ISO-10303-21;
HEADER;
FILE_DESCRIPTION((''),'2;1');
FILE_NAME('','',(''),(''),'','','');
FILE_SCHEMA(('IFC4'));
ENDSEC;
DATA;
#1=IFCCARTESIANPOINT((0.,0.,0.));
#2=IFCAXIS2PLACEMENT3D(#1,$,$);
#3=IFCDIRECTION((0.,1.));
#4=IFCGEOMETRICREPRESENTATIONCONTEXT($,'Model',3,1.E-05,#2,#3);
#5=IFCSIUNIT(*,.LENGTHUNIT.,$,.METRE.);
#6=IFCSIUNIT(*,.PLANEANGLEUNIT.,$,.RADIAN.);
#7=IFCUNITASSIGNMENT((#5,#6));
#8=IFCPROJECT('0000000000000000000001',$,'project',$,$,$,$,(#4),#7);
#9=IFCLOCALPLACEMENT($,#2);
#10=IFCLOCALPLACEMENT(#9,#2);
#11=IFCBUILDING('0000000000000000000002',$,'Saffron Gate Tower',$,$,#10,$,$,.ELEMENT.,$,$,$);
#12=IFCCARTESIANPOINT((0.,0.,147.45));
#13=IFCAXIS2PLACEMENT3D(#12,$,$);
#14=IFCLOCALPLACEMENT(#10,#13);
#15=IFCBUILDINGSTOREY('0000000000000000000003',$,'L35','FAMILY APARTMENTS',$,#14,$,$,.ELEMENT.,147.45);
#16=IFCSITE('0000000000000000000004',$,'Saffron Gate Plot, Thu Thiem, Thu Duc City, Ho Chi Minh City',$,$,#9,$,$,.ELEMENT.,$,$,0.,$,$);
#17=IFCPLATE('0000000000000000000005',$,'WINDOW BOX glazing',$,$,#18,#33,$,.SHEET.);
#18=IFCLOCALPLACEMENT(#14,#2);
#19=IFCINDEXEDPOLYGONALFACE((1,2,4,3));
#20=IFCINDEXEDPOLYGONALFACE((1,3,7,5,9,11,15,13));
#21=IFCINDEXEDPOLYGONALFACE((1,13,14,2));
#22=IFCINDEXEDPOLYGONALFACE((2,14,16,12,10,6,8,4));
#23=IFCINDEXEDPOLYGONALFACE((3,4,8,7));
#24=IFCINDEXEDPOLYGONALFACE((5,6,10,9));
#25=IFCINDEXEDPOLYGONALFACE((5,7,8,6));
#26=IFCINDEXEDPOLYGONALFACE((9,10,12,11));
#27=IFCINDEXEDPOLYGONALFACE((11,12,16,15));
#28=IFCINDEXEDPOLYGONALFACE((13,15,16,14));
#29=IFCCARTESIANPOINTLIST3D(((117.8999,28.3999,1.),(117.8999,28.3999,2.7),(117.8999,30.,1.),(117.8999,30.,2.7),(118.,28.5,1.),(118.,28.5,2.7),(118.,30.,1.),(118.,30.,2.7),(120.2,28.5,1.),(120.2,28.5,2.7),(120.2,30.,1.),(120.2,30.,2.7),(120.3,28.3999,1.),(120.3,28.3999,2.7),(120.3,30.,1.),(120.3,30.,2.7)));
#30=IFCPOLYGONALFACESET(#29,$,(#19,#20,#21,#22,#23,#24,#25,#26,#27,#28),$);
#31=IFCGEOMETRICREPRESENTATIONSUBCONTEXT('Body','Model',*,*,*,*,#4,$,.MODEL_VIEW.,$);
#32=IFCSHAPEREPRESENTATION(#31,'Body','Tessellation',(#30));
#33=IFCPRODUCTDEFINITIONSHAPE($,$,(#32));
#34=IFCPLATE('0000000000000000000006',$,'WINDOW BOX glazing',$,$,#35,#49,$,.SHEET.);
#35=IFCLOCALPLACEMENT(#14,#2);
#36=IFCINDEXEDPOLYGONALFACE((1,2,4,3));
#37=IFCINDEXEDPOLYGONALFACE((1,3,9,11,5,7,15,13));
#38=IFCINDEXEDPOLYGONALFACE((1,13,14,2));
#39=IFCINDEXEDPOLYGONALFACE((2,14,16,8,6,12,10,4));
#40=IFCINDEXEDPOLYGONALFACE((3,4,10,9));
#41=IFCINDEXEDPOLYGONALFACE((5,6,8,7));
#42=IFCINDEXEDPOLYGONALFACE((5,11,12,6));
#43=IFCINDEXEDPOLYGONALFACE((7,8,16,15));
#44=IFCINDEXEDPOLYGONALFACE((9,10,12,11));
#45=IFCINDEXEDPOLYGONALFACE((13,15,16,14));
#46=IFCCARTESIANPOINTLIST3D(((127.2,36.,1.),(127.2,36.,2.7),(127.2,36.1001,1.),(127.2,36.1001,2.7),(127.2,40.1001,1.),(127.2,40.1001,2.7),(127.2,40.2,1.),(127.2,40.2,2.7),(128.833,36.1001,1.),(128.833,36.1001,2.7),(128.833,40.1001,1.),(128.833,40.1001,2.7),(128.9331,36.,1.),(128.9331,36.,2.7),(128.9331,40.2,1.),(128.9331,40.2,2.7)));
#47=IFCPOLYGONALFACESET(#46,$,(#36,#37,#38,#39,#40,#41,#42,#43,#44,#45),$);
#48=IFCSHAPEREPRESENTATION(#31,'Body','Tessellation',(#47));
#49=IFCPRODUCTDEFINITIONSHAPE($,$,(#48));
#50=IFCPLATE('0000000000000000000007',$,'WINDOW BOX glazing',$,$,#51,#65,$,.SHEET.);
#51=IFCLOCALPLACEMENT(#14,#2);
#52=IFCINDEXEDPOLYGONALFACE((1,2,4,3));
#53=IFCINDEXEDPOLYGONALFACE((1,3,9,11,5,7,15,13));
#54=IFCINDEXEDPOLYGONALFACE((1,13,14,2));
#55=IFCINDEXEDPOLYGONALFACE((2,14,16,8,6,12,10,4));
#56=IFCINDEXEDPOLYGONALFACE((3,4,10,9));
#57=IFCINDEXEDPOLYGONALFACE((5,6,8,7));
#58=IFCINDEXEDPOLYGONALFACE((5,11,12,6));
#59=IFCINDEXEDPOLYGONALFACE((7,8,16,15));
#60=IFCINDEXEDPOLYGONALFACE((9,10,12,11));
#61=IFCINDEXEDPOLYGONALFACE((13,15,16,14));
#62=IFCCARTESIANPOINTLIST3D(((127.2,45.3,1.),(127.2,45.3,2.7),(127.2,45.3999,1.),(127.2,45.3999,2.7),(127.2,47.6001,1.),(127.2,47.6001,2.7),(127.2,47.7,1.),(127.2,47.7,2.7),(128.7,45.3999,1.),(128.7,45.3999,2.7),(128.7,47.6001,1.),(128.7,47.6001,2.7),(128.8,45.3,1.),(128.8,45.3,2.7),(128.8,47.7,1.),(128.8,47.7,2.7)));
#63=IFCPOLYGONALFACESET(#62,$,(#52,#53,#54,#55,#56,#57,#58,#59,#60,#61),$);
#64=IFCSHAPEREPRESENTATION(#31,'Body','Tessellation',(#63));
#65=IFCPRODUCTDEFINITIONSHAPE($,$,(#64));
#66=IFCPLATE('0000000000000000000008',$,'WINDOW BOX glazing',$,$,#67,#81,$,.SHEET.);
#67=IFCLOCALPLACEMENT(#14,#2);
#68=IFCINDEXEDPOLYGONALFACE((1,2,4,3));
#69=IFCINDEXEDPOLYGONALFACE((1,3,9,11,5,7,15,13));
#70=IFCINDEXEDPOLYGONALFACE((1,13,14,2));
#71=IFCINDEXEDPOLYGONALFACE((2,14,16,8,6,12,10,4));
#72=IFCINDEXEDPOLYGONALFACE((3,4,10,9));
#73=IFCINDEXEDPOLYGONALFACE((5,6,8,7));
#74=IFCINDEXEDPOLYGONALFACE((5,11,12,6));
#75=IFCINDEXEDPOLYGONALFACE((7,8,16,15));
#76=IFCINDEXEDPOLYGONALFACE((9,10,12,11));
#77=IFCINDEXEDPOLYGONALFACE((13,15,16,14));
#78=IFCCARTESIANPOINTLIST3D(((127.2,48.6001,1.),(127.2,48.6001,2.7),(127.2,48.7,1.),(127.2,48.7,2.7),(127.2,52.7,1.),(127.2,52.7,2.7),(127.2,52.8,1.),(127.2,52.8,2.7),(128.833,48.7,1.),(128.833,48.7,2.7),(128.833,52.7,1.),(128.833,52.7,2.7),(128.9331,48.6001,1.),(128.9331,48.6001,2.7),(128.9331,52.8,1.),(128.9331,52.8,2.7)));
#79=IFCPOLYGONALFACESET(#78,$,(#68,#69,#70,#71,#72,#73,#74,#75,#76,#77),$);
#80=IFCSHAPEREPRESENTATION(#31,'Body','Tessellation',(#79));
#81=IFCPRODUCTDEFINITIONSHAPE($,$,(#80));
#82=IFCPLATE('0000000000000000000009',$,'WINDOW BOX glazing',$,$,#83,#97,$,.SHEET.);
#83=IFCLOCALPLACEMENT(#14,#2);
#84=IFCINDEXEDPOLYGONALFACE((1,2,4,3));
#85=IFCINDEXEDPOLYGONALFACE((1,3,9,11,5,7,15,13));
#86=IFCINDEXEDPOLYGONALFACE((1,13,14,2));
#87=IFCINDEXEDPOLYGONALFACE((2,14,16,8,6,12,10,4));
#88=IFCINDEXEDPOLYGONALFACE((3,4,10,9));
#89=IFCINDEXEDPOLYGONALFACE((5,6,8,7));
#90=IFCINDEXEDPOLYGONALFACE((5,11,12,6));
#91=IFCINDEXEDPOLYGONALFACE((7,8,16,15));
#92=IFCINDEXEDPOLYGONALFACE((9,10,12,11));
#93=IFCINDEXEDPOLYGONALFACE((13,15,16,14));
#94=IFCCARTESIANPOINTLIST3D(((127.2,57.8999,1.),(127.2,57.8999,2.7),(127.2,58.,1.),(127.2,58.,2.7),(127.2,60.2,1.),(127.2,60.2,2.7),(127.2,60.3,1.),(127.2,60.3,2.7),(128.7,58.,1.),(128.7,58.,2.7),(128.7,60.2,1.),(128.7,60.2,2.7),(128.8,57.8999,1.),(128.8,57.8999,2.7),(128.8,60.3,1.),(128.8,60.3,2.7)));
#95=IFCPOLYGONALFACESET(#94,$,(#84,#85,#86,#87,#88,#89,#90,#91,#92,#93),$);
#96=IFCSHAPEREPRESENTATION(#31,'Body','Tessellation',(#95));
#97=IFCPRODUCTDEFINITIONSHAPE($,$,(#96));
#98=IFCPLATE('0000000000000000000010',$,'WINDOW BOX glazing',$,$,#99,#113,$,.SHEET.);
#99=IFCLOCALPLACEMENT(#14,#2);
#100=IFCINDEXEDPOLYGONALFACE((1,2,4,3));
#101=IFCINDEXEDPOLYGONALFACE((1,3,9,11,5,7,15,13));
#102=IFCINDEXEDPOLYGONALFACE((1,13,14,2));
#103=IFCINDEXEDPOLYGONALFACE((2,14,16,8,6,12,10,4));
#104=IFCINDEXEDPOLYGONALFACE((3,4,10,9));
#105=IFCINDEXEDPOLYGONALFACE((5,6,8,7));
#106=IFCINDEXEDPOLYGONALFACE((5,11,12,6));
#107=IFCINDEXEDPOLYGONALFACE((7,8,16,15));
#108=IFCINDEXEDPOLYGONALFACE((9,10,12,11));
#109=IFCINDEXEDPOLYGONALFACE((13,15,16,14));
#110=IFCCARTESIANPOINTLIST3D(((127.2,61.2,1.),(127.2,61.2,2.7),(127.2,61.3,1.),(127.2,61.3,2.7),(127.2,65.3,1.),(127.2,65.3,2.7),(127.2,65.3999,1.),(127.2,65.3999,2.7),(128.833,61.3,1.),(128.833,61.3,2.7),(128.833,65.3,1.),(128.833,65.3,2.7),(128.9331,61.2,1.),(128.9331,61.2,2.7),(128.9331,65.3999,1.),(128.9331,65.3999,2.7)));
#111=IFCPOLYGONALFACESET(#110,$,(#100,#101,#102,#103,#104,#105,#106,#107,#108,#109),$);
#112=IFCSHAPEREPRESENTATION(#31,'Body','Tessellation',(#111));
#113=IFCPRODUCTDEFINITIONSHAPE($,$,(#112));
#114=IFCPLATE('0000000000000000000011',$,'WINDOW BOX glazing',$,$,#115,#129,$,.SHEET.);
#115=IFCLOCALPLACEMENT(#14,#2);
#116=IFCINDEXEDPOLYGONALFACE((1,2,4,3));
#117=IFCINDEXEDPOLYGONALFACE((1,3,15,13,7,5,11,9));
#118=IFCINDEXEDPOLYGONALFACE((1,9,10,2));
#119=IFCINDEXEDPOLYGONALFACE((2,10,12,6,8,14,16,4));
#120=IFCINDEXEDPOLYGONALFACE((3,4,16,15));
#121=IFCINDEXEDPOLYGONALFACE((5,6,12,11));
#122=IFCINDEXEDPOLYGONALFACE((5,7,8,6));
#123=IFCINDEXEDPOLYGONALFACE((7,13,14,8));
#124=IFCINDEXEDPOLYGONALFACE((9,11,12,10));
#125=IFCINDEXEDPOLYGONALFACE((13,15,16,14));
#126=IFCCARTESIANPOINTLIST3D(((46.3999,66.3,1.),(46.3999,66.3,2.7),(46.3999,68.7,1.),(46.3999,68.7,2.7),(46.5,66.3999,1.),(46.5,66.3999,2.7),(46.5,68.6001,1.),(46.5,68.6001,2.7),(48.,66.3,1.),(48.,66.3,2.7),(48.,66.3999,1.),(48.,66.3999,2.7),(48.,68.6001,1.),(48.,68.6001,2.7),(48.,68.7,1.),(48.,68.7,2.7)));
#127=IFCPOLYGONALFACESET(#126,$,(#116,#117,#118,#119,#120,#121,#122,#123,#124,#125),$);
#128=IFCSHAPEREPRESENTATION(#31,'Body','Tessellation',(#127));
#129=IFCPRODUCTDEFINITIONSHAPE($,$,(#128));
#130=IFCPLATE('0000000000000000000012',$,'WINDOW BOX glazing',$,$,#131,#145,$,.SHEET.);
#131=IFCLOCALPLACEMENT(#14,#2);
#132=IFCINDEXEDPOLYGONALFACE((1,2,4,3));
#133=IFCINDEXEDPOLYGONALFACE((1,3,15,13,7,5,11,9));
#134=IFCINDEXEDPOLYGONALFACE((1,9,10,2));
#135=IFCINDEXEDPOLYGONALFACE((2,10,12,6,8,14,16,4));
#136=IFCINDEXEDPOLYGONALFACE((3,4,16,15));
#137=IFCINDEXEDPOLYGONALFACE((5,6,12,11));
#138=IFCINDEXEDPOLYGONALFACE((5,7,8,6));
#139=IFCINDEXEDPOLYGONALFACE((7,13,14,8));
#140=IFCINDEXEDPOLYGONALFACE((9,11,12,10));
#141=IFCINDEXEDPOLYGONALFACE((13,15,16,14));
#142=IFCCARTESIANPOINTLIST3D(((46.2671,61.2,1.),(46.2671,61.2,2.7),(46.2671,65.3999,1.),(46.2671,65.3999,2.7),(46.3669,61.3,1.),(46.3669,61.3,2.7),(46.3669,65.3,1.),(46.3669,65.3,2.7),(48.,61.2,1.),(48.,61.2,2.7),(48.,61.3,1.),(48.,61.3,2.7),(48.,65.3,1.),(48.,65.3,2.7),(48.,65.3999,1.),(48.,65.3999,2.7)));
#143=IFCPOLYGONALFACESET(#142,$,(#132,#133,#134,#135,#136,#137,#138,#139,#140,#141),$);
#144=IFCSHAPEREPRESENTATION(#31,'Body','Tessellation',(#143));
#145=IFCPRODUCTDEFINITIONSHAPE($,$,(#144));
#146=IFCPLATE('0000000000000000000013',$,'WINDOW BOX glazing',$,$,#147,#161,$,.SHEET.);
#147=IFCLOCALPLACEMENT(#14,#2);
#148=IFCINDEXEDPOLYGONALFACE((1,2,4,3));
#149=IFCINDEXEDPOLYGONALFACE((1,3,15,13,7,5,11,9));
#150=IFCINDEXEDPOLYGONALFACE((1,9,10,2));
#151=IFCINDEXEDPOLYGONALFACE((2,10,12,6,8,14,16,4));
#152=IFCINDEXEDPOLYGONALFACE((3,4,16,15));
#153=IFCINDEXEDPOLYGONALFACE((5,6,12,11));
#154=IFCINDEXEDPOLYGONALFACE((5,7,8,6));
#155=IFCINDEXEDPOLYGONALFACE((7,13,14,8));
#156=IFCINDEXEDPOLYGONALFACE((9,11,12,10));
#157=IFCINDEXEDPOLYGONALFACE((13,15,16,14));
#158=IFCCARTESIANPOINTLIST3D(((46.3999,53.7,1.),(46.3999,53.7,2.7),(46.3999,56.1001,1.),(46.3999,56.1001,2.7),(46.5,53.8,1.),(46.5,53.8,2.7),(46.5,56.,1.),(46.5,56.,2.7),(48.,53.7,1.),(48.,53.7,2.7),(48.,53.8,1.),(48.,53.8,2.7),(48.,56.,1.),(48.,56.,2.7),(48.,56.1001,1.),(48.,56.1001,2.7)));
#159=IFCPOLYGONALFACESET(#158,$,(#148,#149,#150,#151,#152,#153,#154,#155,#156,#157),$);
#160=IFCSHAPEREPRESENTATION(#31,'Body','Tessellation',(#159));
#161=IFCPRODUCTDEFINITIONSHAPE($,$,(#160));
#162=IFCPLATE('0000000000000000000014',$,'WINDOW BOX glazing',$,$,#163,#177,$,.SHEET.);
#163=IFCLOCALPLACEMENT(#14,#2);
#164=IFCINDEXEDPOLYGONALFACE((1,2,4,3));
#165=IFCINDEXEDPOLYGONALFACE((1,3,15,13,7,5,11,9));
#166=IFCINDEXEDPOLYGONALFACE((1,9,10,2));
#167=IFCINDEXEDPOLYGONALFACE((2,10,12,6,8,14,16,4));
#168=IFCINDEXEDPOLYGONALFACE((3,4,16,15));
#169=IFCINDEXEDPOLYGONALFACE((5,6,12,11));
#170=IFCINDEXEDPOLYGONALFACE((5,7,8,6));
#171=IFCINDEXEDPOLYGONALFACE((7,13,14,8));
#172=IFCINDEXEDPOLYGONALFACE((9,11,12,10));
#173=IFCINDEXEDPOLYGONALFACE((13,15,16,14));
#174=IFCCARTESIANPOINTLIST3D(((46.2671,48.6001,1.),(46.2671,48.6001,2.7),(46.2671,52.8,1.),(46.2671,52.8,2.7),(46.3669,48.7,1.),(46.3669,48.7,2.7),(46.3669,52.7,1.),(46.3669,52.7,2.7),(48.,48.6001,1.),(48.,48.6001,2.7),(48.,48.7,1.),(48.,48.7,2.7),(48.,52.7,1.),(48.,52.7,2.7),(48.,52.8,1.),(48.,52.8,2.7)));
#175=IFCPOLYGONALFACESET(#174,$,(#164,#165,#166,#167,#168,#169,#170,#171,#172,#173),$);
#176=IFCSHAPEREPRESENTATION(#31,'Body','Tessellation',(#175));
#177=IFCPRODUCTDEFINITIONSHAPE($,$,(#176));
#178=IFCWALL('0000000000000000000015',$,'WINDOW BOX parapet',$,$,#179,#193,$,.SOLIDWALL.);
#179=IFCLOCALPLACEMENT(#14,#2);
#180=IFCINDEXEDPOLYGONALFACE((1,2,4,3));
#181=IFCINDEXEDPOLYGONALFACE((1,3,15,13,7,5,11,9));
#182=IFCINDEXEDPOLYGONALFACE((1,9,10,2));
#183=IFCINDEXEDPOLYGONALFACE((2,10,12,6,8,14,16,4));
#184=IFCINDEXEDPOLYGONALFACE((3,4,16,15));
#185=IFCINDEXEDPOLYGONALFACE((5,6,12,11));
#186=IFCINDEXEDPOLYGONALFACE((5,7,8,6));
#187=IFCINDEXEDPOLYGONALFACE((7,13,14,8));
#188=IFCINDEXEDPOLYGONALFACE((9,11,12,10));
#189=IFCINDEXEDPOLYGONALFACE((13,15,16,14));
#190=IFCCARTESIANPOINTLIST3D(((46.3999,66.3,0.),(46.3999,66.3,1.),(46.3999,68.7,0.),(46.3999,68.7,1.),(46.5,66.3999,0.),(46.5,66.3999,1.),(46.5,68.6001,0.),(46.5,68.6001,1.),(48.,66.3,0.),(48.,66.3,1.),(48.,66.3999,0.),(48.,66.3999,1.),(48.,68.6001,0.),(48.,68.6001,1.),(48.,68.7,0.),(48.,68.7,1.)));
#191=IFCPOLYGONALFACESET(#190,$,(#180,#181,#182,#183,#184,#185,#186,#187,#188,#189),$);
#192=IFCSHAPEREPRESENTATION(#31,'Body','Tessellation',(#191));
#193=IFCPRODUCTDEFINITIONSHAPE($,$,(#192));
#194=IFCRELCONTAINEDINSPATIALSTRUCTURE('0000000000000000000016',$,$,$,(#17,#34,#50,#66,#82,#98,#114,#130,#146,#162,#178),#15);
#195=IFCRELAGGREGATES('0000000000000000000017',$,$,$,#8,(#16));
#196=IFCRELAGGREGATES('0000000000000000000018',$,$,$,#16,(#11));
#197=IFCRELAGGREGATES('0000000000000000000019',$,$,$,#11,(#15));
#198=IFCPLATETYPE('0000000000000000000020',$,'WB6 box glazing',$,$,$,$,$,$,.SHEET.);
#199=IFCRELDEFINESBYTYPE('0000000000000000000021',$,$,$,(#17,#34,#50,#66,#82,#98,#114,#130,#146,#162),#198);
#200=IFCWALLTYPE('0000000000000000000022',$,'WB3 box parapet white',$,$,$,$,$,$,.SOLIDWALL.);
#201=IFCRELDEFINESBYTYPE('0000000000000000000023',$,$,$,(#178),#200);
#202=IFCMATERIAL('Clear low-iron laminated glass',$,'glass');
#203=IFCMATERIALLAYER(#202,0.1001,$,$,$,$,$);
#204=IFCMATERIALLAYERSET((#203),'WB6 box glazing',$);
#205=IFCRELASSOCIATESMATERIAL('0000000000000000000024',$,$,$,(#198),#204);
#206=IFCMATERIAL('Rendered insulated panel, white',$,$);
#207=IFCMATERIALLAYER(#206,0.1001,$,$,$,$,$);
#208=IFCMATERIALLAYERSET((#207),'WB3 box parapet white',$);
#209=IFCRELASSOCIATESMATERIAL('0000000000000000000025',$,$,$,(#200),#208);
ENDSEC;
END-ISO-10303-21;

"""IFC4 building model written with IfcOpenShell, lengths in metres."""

from ifc_helpers import new_model, si_unit, direction, frame, origin, place, context, subcontext, project, spatial, polyline, outline, extrude, material, layer, layer_set, type_object, element, save


model = new_model("IFC4")

# Units and contexts
model_context = context("Model", 3, precision=1e-05, world=origin(), true_north=direction((0.0, 1.0)))
body_context = subcontext(model_context, "Body", "Model", "MODEL_VIEW")
ifc_project = project(units=[si_unit("LENGTHUNIT", "METRE"), si_unit("PLANEANGLEUNIT", "RADIAN")], contexts=[model_context])

# Site, building, storey
site_placement = place(None, origin())
site = spatial("IfcSite", under=ifc_project, at=site_placement, Name="Saffron Gate Plot, Thu Thiem, Thu Duc City, Ho Chi Minh City", CompositionType="ELEMENT", RefElevation=0.0)
building_placement = place(site_placement, origin())
building = spatial("IfcBuilding", under=site, at=building_placement, Name="Saffron Gate Tower", CompositionType="ELEMENT")
storey_placement = place(building_placement, frame((0.0, 0.0, 147.45)))
storey = spatial("IfcBuildingStorey", under=building, at=storey_placement, Name="L35", Description="FAMILY APARTMENTS", CompositionType="ELEMENT", Elevation=147.45)

# Plates
ifc_material_1 = material(Name="Clear low-iron laminated glass", Category="glass")
ifc_layer_1 = layer(ifc_material_1, 0.1001)
ifc_layer_set_1 = layer_set([ifc_layer_1], Name="WB6 box glazing")
plate_type_1 = type_object("IfcPlateType", Name="WB6 box glazing", PredefinedType="SHEET", material=ifc_layer_set_1)
plate_1_placement = place(storey_placement, frame((0.0, 0.0, 1.0)))
element("IfcPlate", 1, at=plate_1_placement, inside=storey, type_object=plate_type_1, Name="WINDOW BOX glazing", PredefinedType="SHEET", context=body_context, shape_type="SweptSolid", body=[
    extrude(outline(polyline([(117.8999, 30.0), (118.0, 30.0), (118.0, 28.5), (120.2, 28.5), (120.2, 30.0), (120.3, 30.0), (120.3, 28.3999), (117.8999, 28.3999), (117.8999, 30.0)])), origin(), (0.0, 0.0, 1.0), 1.7),
])
plate_2_placement = place(storey_placement, frame((0.0, 0.0, 1.0)))
element("IfcPlate", 2, at=plate_2_placement, inside=storey, type_object=plate_type_1, Name="WINDOW BOX glazing", PredefinedType="SHEET", context=body_context, shape_type="SweptSolid", body=[
    extrude(outline(polyline([(127.2, 36.0), (127.2, 36.1001), (128.833, 36.1001), (128.833, 40.1001), (127.2, 40.1001), (127.2, 40.2), (128.9331, 40.2), (128.9331, 36.0), (127.2, 36.0)])), origin(), (0.0, 0.0, 1.0), 1.7),
])
plate_3_placement = place(storey_placement, frame((0.0, 0.0, 1.0)))
element("IfcPlate", 3, at=plate_3_placement, inside=storey, type_object=plate_type_1, Name="WINDOW BOX glazing", PredefinedType="SHEET", context=body_context, shape_type="SweptSolid", body=[
    extrude(outline(polyline([(127.2, 45.3), (127.2, 45.3999), (128.7, 45.3999), (128.7, 47.6001), (127.2, 47.6001), (127.2, 47.7), (128.8, 47.7), (128.8, 45.3), (127.2, 45.3)])), origin(), (0.0, 0.0, 1.0), 1.7),
])
plate_4_placement = place(storey_placement, frame((0.0, 0.0, 1.0)))
element("IfcPlate", 4, at=plate_4_placement, inside=storey, type_object=plate_type_1, Name="WINDOW BOX glazing", PredefinedType="SHEET", context=body_context, shape_type="SweptSolid", body=[
    extrude(outline(polyline([(127.2, 48.6001), (127.2, 48.7), (128.833, 48.7), (128.833, 52.7), (127.2, 52.7), (127.2, 52.8), (128.9331, 52.8), (128.9331, 48.6001), (127.2, 48.6001)])), origin(), (0.0, 0.0, 1.0), 1.7),
])
plate_5_placement = place(storey_placement, frame((0.0, 0.0, 1.0)))
element("IfcPlate", 5, at=plate_5_placement, inside=storey, type_object=plate_type_1, Name="WINDOW BOX glazing", PredefinedType="SHEET", context=body_context, shape_type="SweptSolid", body=[
    extrude(outline(polyline([(127.2, 57.8999), (127.2, 58.0), (128.7, 58.0), (128.7, 60.2), (127.2, 60.2), (127.2, 60.3), (128.8, 60.3), (128.8, 57.8999), (127.2, 57.8999)])), origin(), (0.0, 0.0, 1.0), 1.7),
])
plate_6_placement = place(storey_placement, frame((0.0, 0.0, 1.0)))
element("IfcPlate", 6, at=plate_6_placement, inside=storey, type_object=plate_type_1, Name="WINDOW BOX glazing", PredefinedType="SHEET", context=body_context, shape_type="SweptSolid", body=[
    extrude(outline(polyline([(127.2, 61.2), (127.2, 61.3), (128.833, 61.3), (128.833, 65.3), (127.2, 65.3), (127.2, 65.3999), (128.9331, 65.3999), (128.9331, 61.2), (127.2, 61.2)])), origin(), (0.0, 0.0, 1.0), 1.7),
])
plate_7_placement = place(storey_placement, frame((0.0, 0.0, 1.0)))
element("IfcPlate", 7, at=plate_7_placement, inside=storey, type_object=plate_type_1, Name="WINDOW BOX glazing", PredefinedType="SHEET", context=body_context, shape_type="SweptSolid", body=[
    extrude(outline(polyline([(48.0, 68.7), (48.0, 68.6001), (46.5, 68.6001), (46.5, 66.3999), (48.0, 66.3999), (48.0, 66.3), (46.3999, 66.3), (46.3999, 68.7), (48.0, 68.7)])), origin(), (0.0, 0.0, 1.0), 1.7),
])
plate_8_placement = place(storey_placement, frame((0.0, 0.0, 1.0)))
element("IfcPlate", 8, at=plate_8_placement, inside=storey, type_object=plate_type_1, Name="WINDOW BOX glazing", PredefinedType="SHEET", context=body_context, shape_type="SweptSolid", body=[
    extrude(outline(polyline([(48.0, 65.3999), (48.0, 65.3), (46.3669, 65.3), (46.3669, 61.3), (48.0, 61.3), (48.0, 61.2), (46.2671, 61.2), (46.2671, 65.3999), (48.0, 65.3999)])), origin(), (0.0, 0.0, 1.0), 1.7),
])
plate_9_placement = place(storey_placement, frame((0.0, 0.0, 1.0)))
element("IfcPlate", 9, at=plate_9_placement, inside=storey, type_object=plate_type_1, Name="WINDOW BOX glazing", PredefinedType="SHEET", context=body_context, shape_type="SweptSolid", body=[
    extrude(outline(polyline([(48.0, 56.1001), (48.0, 56.0), (46.5, 56.0), (46.5, 53.8), (48.0, 53.8), (48.0, 53.7), (46.3999, 53.7), (46.3999, 56.1001), (48.0, 56.1001)])), origin(), (0.0, 0.0, 1.0), 1.7),
])
plate_10_placement = place(storey_placement, frame((0.0, 0.0, 1.0)))
element("IfcPlate", 10, at=plate_10_placement, inside=storey, type_object=plate_type_1, Name="WINDOW BOX glazing", PredefinedType="SHEET", context=body_context, shape_type="SweptSolid", body=[
    extrude(outline(polyline([(48.0, 52.8), (48.0, 52.7), (46.3669, 52.7), (46.3669, 48.7), (48.0, 48.7), (48.0, 48.6001), (46.2671, 48.6001), (46.2671, 52.8), (48.0, 52.8)])), origin(), (0.0, 0.0, 1.0), 1.7),
])

# Wall
ifc_material_2 = material(Name="Rendered insulated panel, white")
ifc_layer_2 = layer(ifc_material_2, 0.1001)
ifc_layer_set_2 = layer_set([ifc_layer_2], Name="WB3 box parapet white")
wall_type = type_object("IfcWallType", Name="WB3 box parapet white", PredefinedType="SOLIDWALL", material=ifc_layer_set_2)
wall_1_placement = place(storey_placement, origin())
element("IfcWall", 11, at=wall_1_placement, inside=storey, type_object=wall_type, Name="WINDOW BOX parapet", PredefinedType="SOLIDWALL", context=body_context, shape_type="SweptSolid", body=[
    extrude(outline(polyline([(48.0, 68.7), (48.0, 68.6001), (46.5, 68.6001), (46.5, 66.3999), (48.0, 66.3999), (48.0, 66.3), (46.3999, 66.3), (46.3999, 68.7), (48.0, 68.7)])), origin(), (0.0, 0.0, 1.0), 1.0),
])

save(model, "model.ifc")
